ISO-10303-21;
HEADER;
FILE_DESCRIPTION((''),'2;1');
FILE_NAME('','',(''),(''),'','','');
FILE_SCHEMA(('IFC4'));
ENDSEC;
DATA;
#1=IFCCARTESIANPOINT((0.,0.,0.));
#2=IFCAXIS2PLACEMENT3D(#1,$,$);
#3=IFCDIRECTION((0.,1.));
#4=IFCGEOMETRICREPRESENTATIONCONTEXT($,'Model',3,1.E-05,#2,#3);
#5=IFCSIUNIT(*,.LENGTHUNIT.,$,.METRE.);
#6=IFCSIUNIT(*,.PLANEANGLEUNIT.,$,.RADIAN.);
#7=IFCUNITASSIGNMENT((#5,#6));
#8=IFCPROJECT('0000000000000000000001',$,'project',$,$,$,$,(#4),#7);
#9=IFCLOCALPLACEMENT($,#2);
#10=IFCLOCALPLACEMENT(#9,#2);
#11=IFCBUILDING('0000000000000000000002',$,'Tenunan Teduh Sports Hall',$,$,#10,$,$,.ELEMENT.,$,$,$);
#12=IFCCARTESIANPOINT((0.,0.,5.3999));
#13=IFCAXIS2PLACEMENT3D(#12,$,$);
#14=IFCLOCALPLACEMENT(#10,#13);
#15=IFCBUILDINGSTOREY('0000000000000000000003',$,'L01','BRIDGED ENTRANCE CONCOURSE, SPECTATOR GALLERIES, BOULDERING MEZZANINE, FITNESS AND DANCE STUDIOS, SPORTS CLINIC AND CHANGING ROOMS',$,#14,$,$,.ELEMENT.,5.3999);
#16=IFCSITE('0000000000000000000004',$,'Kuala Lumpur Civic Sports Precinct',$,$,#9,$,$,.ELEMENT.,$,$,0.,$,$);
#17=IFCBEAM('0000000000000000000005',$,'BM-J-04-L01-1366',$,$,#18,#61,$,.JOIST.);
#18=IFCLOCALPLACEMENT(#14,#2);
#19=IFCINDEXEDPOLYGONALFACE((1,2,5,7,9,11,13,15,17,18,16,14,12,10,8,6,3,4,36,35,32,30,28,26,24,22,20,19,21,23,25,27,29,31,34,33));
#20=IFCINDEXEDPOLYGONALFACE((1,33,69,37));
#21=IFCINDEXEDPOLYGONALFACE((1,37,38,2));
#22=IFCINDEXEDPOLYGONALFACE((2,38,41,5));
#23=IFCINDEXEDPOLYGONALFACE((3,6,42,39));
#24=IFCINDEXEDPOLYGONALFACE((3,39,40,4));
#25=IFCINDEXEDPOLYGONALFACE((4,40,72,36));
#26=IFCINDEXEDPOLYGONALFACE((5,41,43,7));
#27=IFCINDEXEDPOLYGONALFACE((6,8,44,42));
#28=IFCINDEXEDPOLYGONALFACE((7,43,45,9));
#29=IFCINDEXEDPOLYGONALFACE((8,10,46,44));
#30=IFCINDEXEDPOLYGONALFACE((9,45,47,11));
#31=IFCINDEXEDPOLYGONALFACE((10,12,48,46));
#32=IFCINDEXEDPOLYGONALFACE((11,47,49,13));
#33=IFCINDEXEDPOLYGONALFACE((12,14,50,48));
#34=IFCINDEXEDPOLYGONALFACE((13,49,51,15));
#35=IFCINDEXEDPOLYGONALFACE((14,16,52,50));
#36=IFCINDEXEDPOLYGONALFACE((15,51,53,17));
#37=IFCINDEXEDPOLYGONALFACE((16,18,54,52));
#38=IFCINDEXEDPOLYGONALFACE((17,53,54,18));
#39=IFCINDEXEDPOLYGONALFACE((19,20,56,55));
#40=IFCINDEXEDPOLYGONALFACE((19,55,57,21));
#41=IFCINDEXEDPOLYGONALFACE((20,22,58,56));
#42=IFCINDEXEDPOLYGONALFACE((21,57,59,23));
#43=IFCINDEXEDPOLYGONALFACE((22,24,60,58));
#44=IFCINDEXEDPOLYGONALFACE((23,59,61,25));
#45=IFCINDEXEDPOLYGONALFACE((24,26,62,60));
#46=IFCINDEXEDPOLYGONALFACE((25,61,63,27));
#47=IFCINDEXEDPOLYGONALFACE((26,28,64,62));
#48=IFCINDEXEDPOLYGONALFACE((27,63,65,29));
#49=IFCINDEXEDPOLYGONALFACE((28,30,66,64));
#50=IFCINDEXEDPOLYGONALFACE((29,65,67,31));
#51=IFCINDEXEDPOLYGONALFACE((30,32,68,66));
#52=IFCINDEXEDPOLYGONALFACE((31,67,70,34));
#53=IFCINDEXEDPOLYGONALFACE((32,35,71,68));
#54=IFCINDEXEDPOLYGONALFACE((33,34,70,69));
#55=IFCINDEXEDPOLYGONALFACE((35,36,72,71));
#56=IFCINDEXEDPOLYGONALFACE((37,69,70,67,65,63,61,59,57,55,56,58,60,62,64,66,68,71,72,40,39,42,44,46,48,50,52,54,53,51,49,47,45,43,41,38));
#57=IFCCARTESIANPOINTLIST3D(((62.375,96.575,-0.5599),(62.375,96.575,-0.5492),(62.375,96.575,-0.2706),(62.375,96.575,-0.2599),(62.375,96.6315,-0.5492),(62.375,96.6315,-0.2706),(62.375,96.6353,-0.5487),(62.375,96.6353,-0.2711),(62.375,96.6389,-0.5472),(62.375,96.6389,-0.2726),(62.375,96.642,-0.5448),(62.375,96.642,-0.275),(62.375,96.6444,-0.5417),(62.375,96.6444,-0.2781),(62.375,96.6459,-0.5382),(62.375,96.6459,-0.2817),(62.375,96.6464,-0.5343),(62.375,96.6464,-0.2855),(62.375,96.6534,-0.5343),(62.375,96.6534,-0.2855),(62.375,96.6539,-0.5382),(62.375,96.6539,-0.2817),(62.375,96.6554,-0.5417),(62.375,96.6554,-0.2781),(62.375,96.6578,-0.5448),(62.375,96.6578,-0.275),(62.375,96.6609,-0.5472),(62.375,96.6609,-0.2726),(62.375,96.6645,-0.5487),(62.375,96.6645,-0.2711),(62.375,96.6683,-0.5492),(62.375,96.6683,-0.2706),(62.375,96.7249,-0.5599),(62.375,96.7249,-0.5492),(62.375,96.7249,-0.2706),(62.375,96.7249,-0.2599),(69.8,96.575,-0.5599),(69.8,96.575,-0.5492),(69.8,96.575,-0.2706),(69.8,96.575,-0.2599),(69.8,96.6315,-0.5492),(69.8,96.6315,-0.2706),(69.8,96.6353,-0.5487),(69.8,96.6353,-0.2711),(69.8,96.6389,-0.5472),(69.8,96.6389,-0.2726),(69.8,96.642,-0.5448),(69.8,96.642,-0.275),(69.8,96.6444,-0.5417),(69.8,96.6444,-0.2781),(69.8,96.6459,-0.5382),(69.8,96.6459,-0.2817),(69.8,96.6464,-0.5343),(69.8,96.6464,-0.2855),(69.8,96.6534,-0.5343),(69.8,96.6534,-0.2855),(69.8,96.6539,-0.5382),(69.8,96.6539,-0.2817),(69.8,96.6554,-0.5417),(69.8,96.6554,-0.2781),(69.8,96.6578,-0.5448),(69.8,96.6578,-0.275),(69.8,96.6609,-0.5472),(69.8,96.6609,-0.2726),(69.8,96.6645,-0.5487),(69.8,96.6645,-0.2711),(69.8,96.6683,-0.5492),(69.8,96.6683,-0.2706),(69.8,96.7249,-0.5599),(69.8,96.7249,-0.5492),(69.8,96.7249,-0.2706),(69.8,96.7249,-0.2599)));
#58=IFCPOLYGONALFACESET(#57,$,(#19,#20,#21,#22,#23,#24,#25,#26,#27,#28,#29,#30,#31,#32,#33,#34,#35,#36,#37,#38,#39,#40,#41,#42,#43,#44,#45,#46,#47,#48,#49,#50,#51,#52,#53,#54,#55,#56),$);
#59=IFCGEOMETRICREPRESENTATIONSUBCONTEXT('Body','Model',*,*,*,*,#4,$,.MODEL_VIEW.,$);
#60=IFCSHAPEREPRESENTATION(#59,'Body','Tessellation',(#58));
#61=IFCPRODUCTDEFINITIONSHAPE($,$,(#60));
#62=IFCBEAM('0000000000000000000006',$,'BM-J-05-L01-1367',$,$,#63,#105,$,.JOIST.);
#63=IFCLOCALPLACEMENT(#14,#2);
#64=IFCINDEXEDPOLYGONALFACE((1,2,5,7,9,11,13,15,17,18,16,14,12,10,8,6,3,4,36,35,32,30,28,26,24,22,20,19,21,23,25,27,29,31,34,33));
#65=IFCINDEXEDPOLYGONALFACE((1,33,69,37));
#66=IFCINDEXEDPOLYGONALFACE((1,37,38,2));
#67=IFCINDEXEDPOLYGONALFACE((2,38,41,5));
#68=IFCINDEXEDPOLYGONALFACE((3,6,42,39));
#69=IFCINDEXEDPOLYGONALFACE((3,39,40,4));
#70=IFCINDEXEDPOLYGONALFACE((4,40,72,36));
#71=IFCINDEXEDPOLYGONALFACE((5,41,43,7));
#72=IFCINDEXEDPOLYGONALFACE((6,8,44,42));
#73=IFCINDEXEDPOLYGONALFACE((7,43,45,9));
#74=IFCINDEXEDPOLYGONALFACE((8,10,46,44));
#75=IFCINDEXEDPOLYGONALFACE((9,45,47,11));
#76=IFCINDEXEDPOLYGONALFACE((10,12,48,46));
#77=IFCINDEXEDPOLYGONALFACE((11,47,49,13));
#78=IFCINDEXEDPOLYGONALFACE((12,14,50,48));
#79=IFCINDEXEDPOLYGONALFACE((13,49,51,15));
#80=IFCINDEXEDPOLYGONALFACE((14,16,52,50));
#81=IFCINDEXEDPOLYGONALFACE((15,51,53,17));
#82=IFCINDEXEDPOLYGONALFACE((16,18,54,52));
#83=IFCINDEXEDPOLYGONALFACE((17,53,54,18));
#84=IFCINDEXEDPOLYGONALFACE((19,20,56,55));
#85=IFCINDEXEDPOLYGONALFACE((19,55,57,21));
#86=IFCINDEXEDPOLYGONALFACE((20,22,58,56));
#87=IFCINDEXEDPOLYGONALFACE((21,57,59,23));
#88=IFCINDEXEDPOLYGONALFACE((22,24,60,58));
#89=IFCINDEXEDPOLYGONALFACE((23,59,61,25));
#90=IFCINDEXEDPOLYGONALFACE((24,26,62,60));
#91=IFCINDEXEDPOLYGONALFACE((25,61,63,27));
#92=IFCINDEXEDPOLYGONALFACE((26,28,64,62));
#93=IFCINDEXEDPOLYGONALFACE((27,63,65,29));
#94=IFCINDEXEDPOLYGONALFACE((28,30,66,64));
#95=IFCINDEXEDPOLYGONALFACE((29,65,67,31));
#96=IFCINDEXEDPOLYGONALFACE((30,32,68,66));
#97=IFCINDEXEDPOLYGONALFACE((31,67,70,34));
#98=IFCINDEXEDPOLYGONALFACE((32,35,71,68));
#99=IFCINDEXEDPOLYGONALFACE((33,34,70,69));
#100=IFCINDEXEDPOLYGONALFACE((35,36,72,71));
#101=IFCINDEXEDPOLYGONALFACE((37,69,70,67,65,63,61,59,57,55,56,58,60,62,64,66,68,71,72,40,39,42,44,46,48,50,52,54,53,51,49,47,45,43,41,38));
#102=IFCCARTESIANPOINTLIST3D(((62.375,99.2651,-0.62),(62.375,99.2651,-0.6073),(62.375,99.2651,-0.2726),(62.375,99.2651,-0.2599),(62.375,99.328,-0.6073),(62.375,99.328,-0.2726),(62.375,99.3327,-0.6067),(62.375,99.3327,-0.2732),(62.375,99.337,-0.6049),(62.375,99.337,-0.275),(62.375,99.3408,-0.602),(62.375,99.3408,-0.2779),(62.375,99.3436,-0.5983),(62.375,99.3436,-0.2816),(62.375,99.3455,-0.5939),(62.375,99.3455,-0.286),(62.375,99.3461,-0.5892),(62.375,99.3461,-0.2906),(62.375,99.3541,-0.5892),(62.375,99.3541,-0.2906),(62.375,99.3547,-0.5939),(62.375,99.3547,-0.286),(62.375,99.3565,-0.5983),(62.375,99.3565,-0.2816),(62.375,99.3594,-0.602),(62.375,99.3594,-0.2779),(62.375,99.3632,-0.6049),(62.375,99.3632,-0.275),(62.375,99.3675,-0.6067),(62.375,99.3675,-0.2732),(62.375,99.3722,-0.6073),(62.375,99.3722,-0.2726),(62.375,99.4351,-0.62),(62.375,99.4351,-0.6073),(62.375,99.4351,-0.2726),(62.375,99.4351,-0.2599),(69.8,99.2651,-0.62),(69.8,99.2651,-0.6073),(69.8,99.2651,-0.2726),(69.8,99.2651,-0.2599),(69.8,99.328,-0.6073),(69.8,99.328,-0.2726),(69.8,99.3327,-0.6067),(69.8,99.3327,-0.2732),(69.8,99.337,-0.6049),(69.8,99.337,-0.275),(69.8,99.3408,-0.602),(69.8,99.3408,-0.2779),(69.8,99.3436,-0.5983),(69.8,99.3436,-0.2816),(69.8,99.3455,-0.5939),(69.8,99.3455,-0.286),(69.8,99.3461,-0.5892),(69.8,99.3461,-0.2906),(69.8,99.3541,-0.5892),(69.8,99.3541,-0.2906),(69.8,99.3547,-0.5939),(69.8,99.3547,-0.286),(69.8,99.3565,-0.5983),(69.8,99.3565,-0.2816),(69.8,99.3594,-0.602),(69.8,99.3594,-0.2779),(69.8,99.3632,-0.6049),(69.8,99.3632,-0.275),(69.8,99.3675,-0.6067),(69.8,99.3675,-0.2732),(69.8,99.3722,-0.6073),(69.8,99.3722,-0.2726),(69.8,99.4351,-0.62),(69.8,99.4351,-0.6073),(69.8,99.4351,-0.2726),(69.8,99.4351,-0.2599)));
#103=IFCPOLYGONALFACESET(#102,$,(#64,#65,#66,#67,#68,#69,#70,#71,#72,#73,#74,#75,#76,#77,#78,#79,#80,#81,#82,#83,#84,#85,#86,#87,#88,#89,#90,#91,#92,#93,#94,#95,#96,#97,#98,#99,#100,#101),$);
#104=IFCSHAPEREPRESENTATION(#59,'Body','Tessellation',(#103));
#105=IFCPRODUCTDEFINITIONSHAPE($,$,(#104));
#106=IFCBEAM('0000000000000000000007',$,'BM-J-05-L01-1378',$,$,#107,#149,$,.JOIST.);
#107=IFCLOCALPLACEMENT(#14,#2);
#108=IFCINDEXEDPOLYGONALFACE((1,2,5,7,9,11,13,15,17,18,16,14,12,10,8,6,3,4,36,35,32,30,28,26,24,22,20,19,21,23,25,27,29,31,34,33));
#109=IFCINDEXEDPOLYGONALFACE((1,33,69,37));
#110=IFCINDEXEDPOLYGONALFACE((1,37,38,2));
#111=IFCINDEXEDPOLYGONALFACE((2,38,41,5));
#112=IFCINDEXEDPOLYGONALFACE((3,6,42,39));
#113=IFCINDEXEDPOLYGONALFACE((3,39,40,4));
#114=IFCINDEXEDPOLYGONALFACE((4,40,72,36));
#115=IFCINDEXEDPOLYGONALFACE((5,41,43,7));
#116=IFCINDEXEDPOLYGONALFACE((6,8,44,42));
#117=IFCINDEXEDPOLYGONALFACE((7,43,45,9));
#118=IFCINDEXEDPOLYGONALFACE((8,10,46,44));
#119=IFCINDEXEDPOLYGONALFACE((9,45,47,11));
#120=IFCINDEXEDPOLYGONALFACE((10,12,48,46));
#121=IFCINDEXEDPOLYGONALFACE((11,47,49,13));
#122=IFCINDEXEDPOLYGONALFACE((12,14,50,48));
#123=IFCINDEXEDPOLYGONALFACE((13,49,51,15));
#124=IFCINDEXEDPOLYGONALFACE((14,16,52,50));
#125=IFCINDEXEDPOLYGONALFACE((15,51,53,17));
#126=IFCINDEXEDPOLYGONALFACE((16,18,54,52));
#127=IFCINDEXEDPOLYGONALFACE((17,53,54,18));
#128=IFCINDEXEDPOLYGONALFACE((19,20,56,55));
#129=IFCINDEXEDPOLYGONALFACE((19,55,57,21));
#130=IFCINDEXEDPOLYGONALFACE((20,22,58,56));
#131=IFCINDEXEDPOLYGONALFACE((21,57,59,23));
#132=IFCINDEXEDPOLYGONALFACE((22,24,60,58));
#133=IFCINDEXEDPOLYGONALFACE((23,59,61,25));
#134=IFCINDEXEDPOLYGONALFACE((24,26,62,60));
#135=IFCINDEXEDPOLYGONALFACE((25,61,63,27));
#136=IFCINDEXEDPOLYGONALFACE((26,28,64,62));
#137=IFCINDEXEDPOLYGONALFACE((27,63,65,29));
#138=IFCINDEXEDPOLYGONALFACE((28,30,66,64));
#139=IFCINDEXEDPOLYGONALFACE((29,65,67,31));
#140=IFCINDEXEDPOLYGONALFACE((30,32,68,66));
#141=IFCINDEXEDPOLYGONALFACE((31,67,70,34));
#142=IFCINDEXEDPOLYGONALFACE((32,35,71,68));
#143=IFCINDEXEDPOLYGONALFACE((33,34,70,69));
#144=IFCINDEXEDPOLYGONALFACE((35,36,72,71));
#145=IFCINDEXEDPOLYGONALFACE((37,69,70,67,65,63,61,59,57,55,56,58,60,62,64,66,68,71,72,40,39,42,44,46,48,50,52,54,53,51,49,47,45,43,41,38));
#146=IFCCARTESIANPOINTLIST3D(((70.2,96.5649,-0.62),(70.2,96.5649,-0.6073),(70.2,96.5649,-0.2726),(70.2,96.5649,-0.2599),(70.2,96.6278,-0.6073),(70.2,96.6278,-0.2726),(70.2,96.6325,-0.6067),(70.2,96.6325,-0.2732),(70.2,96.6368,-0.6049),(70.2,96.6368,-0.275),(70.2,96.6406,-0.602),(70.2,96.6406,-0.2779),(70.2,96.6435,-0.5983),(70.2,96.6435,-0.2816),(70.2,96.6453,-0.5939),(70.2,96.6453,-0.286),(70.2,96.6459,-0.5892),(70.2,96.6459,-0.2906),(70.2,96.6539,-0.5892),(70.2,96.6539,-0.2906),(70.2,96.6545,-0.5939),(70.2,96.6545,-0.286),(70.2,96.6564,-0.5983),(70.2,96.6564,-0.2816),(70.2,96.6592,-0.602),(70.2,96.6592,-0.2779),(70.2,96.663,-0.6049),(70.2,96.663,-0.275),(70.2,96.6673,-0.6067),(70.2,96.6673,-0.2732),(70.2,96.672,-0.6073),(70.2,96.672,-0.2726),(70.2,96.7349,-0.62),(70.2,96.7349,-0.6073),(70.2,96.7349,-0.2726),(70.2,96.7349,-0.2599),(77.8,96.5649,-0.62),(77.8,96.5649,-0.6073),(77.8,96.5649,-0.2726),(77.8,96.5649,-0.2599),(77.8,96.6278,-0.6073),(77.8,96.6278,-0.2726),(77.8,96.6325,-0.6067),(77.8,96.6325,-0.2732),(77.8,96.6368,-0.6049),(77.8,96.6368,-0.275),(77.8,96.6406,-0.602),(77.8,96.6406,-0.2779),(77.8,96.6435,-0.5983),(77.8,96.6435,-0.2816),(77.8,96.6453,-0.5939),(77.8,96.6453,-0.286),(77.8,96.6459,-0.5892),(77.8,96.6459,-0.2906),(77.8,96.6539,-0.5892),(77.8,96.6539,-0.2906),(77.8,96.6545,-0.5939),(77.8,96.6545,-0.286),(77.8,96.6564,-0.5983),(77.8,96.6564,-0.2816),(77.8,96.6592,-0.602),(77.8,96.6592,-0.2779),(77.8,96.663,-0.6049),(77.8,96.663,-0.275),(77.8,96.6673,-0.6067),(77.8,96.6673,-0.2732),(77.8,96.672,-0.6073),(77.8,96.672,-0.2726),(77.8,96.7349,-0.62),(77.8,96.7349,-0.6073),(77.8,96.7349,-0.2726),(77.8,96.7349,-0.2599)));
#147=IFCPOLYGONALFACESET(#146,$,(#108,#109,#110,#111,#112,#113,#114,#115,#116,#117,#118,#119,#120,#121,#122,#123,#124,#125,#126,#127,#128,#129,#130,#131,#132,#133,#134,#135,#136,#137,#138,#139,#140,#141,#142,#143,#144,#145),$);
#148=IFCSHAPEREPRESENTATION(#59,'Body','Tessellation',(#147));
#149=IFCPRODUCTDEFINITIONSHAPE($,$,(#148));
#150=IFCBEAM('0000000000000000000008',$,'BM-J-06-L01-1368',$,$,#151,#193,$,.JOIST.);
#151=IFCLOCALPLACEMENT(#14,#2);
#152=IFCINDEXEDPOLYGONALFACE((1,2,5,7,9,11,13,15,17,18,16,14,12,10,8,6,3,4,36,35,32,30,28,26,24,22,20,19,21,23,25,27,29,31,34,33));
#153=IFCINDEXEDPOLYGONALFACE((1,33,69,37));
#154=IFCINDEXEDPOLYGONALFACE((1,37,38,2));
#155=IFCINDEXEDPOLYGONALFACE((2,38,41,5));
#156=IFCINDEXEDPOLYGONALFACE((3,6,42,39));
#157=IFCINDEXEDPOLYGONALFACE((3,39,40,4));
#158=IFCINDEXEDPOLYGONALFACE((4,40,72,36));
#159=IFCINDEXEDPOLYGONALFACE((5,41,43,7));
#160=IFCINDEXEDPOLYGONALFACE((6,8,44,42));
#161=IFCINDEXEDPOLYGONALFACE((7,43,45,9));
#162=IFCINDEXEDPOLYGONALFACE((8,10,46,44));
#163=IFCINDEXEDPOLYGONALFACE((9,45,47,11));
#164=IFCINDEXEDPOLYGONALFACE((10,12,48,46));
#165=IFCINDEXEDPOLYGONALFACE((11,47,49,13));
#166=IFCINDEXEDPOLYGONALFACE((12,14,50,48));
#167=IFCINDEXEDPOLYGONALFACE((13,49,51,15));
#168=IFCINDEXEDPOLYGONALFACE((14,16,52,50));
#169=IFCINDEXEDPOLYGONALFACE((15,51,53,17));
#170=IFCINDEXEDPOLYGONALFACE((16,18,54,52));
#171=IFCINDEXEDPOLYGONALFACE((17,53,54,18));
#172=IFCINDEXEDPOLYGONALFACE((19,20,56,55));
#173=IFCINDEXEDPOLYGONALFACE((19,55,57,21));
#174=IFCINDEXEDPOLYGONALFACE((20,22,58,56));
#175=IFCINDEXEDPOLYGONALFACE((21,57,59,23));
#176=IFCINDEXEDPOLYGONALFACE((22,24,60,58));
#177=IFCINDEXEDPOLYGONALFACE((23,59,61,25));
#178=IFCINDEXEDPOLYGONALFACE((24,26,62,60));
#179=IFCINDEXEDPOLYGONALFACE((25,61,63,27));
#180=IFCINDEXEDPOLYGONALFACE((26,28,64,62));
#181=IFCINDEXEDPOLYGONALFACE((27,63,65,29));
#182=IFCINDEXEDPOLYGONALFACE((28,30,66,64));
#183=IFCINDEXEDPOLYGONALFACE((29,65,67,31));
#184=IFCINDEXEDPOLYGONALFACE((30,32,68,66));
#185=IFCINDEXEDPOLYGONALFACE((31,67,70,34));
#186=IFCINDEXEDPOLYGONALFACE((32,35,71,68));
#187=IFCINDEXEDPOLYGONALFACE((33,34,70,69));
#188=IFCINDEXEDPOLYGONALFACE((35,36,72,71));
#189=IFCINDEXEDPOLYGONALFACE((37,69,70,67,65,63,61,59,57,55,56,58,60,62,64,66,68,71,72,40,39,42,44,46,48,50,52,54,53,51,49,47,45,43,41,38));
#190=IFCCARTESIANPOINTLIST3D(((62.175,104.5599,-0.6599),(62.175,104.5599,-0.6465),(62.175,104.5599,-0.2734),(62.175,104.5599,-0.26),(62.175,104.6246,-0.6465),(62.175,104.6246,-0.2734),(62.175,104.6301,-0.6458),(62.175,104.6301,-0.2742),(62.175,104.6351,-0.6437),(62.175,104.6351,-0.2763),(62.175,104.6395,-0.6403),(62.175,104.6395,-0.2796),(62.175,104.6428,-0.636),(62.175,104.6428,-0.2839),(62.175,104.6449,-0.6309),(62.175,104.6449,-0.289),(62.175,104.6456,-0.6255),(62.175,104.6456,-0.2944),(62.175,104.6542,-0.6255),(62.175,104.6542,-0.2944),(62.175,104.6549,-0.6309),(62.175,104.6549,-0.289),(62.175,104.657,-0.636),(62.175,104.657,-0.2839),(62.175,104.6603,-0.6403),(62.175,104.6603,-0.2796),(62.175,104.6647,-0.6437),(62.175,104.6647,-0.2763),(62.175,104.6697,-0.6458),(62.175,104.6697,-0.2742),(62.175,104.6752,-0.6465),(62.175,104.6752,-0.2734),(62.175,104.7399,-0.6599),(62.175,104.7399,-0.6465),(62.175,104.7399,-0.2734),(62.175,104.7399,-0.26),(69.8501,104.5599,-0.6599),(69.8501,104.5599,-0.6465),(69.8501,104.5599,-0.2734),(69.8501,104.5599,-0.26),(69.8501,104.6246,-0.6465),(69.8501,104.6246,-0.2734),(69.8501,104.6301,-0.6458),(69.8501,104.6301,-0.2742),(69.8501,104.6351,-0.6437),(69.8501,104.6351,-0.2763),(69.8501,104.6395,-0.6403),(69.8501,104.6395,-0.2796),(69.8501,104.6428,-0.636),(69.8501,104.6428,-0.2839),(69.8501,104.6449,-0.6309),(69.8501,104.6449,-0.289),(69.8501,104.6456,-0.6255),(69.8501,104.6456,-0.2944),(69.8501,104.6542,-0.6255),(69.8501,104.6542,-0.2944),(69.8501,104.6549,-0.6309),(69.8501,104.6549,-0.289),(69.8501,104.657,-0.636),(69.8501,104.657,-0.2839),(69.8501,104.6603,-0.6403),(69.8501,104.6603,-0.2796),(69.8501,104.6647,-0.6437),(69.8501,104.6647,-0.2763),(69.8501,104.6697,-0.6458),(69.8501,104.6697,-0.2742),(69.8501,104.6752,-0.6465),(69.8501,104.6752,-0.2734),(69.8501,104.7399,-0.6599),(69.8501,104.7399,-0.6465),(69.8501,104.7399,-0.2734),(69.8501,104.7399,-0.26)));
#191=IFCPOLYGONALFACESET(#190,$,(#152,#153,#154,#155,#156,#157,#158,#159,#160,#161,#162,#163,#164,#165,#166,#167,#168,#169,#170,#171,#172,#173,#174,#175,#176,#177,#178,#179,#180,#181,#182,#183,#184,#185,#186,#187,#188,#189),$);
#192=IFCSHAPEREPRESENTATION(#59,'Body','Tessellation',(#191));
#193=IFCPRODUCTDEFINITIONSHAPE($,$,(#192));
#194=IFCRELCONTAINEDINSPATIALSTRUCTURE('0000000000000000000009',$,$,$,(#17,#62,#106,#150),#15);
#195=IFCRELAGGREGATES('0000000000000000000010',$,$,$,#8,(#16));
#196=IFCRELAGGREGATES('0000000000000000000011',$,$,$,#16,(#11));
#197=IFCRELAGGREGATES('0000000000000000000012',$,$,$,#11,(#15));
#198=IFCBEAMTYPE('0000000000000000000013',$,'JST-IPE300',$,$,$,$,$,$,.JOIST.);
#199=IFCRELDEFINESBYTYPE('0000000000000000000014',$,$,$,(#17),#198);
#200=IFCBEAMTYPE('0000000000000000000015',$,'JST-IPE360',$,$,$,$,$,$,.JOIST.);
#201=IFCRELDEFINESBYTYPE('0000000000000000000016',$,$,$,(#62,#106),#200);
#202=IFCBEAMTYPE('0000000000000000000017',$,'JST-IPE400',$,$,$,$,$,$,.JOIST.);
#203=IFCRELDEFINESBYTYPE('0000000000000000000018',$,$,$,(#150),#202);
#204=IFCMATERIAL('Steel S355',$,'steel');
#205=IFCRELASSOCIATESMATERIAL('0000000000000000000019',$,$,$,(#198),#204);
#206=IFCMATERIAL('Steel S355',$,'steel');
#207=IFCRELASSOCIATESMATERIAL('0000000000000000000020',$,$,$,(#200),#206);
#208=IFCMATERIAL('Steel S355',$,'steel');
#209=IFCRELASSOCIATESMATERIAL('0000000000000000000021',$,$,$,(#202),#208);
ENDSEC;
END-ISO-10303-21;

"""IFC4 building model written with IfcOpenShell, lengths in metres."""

from ifc_helpers import new_model, si_unit, direction, frame, origin, origin_2d, place, context, subcontext, project, spatial, i_section, extrude, material, material_profile, profile_set, type_object, element, save


model = new_model("IFC4")

# Units and contexts
model_context = context("Model", 3, precision=1e-05, world=origin(), true_north=direction((0.0, 1.0)))
body_context = subcontext(model_context, "Body", "Model", "MODEL_VIEW")
ifc_project = project(units=[si_unit("LENGTHUNIT", "METRE"), si_unit("PLANEANGLEUNIT", "RADIAN")], contexts=[model_context])

# Site, building, storey
site_placement = place(None, origin())
site = spatial("IfcSite", under=ifc_project, at=site_placement, Name="Kuala Lumpur Civic Sports Precinct", CompositionType="ELEMENT", RefElevation=0.0)
building_placement = place(site_placement, origin())
building = spatial("IfcBuilding", under=site, at=building_placement, Name="Tenunan Teduh Sports Hall", CompositionType="ELEMENT")
storey_placement = place(building_placement, frame((0.0, 0.0, 5.3999)))
storey = spatial("IfcBuildingStorey", under=building, at=storey_placement, Name="L01", Description="BRIDGED ENTRANCE CONCOURSE, SPECTATOR GALLERIES, BOULDERING MEZZANINE, FITNESS AND DANCE STUDIOS, SPORTS CLINIC AND CHANGING ROOMS", CompositionType="ELEMENT", Elevation=5.3999)

# Beams
ifc_material_1 = material(Name="Steel S355", Category="steel")
ifc_material_profile_1 = material_profile(ifc_material_1, i_section(OverallWidth=0.1499, OverallDepth=0.3, WebThickness=0.0071, FlangeThickness=0.0107, FilletRadius=0.0149, at=origin_2d()), Name="IPE 300")
ifc_profile_set_1 = profile_set([ifc_material_profile_1], Name="Steel S355")
beam_type_1 = type_object("IfcBeamType", Name="JST-IPE300", PredefinedType="JOIST", material=ifc_profile_set_1)
beam_1_placement = place(storey_placement, frame((62.375, 96.6499, -0.4099), z_axis=(1.0, 0.0, 0.0), x_axis=(0.0, 1.0, 0.0)))
element("IfcBeam", 1, at=beam_1_placement, inside=storey, type_object=beam_type_1, Name="BM-J-04-L01-1366", PredefinedType="JOIST", context=body_context, shape_type="SweptSolid", body=[
    extrude(i_section(OverallWidth=0.1499, OverallDepth=0.3, WebThickness=0.0071, FlangeThickness=0.0107, FilletRadius=0.0149, at=origin_2d()), origin(), (0.0, 0.0, 1.0), 7.425),
])
ifc_material_2 = material(Name="Steel S355", Category="steel")
ifc_material_profile_2 = material_profile(ifc_material_2, i_section(OverallWidth=0.1699, OverallDepth=0.3601, WebThickness=0.0081, FlangeThickness=0.0127, FilletRadius=0.0181, at=origin_2d()), Name="IPE 360")
ifc_profile_set_2 = profile_set([ifc_material_profile_2], Name="Steel S355")
beam_type_2 = type_object("IfcBeamType", Name="JST-IPE360", PredefinedType="JOIST", material=ifc_profile_set_2)
beam_2_placement = place(storey_placement, frame((62.375, 99.3501, -0.4399), z_axis=(1.0, 0.0, 0.0), x_axis=(0.0, 1.0, 0.0)))
element("IfcBeam", 2, at=beam_2_placement, inside=storey, type_object=beam_type_2, Name="BM-J-05-L01-1367", PredefinedType="JOIST", context=body_context, shape_type="SweptSolid", body=[
    extrude(i_section(OverallWidth=0.1699, OverallDepth=0.3601, WebThickness=0.0081, FlangeThickness=0.0127, FilletRadius=0.0181, at=origin_2d()), origin(), (0.0, 0.0, 1.0), 7.425),
])
beam_3_placement = place(storey_placement, frame((70.2, 96.6499, -0.4399), z_axis=(1.0, 0.0, 0.0), x_axis=(0.0, 1.0, 0.0)))
element("IfcBeam", 3, at=beam_3_placement, inside=storey, type_object=beam_type_2, Name="BM-J-05-L01-1378", PredefinedType="JOIST", context=body_context, shape_type="SweptSolid", body=[
    extrude(i_section(OverallWidth=0.1699, OverallDepth=0.3601, WebThickness=0.0081, FlangeThickness=0.0127, FilletRadius=0.0181, at=origin_2d()), origin(), (0.0, 0.0, 1.0), 7.6001),
])
ifc_material_3 = material(Name="Steel S355", Category="steel")
ifc_material_profile_3 = material_profile(ifc_material_3, i_section(OverallWidth=0.1799, OverallDepth=0.3999, WebThickness=0.0085, FlangeThickness=0.0134, FilletRadius=0.021, at=origin_2d()), Name="IPE 400")
ifc_profile_set_3 = profile_set([ifc_material_profile_3], Name="Steel S355")
beam_type_3 = type_object("IfcBeamType", Name="JST-IPE400", PredefinedType="JOIST", material=ifc_profile_set_3)
beam_4_placement = place(storey_placement, frame((62.175, 104.6499, -0.46), z_axis=(1.0, 0.0, 0.0), x_axis=(0.0, 1.0, 0.0)))
element("IfcBeam", 4, at=beam_4_placement, inside=storey, type_object=beam_type_3, Name="BM-J-06-L01-1368", PredefinedType="JOIST", context=body_context, shape_type="SweptSolid", body=[
    extrude(i_section(OverallWidth=0.1799, OverallDepth=0.3999, WebThickness=0.0085, FlangeThickness=0.0134, FilletRadius=0.021, at=origin_2d()), origin(), (0.0, 0.0, 1.0), 7.675),
])

save(model, "model.ifc")
